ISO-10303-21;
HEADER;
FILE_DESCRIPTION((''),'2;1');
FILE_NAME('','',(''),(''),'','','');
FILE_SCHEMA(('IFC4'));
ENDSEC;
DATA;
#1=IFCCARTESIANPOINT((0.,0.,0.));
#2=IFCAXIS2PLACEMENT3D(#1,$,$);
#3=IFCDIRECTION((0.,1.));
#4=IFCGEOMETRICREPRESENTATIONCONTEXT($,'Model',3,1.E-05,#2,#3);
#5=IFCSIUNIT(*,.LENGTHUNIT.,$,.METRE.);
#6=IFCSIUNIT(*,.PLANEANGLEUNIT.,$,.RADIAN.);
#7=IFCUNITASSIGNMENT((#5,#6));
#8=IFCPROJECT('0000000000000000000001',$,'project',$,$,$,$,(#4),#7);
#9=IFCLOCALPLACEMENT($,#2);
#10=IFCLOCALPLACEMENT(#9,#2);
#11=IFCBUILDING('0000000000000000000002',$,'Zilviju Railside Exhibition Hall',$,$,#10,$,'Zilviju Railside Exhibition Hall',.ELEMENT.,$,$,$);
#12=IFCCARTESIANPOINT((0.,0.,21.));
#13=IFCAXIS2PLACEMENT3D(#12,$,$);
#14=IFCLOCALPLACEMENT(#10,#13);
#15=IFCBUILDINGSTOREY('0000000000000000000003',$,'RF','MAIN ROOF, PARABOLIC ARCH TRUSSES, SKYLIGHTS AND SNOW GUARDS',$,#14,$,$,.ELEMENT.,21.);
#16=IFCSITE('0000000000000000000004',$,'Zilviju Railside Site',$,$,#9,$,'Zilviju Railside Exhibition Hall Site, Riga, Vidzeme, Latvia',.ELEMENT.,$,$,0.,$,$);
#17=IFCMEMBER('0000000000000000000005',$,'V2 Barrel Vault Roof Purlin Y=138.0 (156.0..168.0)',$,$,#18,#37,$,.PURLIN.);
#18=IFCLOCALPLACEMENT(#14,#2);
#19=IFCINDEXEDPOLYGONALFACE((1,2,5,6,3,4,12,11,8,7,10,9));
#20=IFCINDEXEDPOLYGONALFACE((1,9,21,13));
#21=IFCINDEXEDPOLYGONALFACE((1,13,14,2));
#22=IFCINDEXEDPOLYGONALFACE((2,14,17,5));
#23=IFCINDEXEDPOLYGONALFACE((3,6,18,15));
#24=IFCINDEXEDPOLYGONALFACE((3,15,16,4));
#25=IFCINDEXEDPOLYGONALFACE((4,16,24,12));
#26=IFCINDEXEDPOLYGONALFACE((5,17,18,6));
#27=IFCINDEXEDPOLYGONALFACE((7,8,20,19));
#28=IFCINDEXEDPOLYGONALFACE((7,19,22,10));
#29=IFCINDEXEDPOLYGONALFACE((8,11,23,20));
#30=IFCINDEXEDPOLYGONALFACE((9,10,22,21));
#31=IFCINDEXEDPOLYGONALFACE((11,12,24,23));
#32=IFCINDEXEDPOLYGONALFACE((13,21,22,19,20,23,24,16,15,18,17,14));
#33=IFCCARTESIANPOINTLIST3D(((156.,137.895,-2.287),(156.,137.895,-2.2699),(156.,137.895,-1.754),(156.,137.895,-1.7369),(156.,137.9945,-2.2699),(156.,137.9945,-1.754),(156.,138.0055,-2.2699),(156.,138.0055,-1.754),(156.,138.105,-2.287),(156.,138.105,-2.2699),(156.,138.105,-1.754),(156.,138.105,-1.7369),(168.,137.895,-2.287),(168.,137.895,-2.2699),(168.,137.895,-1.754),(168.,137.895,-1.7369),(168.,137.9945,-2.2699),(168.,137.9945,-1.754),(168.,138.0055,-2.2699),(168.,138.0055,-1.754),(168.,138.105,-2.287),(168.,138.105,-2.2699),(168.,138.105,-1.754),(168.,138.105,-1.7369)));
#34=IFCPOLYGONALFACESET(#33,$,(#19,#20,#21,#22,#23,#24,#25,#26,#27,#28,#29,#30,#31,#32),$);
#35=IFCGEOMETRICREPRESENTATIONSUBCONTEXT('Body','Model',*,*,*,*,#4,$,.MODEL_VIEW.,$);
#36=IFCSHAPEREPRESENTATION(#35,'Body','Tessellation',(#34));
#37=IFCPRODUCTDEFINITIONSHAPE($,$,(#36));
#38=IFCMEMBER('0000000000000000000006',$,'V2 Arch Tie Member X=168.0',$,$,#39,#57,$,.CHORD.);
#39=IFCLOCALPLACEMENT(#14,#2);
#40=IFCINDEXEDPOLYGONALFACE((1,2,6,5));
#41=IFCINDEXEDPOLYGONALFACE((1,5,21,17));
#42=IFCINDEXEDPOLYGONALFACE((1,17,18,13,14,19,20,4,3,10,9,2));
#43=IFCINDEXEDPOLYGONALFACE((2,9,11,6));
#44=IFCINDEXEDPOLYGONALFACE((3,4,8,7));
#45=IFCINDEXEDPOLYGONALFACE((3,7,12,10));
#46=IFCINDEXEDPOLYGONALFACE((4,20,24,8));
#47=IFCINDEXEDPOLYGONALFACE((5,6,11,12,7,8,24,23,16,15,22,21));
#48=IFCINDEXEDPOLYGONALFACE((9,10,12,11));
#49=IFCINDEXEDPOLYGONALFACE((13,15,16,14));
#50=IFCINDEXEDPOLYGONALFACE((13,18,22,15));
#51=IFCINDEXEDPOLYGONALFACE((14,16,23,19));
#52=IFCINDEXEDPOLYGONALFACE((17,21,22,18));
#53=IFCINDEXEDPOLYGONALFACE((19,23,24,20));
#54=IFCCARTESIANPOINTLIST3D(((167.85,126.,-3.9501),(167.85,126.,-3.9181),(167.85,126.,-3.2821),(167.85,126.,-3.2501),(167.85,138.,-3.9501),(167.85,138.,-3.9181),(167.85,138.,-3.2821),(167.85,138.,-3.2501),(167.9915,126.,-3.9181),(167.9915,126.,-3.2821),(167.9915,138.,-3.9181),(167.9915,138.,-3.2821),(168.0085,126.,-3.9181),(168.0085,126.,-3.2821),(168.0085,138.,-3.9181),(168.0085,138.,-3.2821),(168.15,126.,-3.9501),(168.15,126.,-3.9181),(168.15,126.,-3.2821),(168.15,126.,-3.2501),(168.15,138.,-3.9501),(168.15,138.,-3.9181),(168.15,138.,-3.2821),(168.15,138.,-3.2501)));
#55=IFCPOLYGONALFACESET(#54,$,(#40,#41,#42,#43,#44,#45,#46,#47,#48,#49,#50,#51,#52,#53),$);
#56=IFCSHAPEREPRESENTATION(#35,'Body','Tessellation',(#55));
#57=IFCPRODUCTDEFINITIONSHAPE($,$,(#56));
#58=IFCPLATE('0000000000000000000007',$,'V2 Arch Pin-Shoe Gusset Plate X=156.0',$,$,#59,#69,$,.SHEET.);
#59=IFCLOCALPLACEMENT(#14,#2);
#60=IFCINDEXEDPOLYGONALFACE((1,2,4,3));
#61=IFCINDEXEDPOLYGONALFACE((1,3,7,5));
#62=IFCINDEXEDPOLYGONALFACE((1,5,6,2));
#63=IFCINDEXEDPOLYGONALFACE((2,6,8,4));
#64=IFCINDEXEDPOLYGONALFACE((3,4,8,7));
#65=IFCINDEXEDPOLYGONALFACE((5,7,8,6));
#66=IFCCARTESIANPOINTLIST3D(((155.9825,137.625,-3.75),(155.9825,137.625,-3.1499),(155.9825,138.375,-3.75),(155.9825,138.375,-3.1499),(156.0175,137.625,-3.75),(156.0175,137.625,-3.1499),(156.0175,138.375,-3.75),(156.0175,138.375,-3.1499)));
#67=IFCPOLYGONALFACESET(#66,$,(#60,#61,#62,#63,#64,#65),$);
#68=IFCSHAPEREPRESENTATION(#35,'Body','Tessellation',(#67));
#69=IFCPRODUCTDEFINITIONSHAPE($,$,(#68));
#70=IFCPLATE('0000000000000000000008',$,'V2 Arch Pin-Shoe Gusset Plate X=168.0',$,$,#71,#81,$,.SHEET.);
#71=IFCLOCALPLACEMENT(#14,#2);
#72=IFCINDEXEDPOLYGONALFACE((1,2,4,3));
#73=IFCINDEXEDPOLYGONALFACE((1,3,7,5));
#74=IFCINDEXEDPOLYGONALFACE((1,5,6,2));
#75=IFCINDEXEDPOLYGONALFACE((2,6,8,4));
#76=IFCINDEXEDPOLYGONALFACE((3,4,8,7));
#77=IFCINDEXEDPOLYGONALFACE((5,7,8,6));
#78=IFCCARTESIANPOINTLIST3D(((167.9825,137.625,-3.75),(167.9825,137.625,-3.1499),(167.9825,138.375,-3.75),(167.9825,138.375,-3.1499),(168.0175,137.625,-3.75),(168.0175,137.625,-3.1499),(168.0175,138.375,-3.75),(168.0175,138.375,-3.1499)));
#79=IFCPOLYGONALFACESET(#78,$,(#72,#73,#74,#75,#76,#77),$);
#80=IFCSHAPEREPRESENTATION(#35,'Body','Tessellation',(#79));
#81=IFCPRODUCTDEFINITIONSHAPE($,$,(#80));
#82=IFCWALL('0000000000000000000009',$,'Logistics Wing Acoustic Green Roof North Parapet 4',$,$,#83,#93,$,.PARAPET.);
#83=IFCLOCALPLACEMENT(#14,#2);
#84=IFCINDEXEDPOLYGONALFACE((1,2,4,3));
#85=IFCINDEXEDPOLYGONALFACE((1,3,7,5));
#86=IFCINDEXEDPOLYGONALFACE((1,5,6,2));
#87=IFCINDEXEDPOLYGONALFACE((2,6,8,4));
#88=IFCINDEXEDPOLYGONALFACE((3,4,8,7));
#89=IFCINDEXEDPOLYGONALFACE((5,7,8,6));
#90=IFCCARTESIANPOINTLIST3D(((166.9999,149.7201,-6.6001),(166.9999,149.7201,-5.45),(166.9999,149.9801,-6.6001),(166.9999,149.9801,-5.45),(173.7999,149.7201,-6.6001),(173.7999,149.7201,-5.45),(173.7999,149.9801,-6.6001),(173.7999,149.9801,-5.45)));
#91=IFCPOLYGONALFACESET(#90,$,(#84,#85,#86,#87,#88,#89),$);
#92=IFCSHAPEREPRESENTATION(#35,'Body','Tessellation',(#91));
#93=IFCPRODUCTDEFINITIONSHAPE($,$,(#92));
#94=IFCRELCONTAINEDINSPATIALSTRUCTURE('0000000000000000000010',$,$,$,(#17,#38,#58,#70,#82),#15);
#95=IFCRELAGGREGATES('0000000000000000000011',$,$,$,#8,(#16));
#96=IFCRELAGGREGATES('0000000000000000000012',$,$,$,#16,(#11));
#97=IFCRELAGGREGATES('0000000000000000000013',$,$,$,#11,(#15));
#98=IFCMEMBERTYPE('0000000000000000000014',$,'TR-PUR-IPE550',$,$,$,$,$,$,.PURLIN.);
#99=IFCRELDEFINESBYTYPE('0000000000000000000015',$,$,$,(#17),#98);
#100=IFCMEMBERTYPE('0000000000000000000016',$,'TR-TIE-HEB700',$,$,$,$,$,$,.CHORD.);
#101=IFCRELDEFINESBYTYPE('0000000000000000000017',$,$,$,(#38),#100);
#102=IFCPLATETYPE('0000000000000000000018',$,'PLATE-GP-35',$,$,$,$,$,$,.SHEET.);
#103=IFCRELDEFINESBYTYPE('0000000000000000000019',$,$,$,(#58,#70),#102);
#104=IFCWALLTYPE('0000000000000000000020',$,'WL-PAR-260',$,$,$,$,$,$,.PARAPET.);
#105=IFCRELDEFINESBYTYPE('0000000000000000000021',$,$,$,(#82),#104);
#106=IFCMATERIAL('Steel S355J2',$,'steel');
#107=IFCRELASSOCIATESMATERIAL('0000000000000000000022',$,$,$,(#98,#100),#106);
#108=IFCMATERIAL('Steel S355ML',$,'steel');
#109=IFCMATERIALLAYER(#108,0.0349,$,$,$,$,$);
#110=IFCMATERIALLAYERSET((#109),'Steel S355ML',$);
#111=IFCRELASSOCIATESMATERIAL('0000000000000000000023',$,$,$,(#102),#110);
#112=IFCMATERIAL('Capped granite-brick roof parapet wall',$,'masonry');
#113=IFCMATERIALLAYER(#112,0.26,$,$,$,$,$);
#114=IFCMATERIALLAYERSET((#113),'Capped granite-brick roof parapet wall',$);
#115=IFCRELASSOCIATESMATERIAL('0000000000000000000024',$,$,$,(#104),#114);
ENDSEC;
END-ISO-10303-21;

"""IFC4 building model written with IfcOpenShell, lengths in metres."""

from ifc_helpers import new_model, si_unit, direction, frame, frame_2d, origin, origin_2d, place, context, subcontext, project, spatial, rectangle, i_section, extrude, material, layer, layer_set, material_profile, profile_set, type_object, element, save


model = new_model("IFC4")

# Units and contexts
model_context = context("Model", 3, precision=1e-05, world=origin(), true_north=direction((0.0, 1.0)))
body_context = subcontext(model_context, "Body", "Model", "MODEL_VIEW")
ifc_project = project(units=[si_unit("LENGTHUNIT", "METRE"), si_unit("PLANEANGLEUNIT", "RADIAN")], contexts=[model_context])

# Site, building, storey
site_placement = place(None, origin())
site = spatial("IfcSite", under=ifc_project, at=site_placement, Name="Zilviju Railside Site", LongName="Zilviju Railside Exhibition Hall Site, Riga, Vidzeme, Latvia", CompositionType="ELEMENT", RefElevation=0.0)
building_placement = place(site_placement, origin())
building = spatial("IfcBuilding", under=site, at=building_placement, Name="Zilviju Railside Exhibition Hall", LongName="Zilviju Railside Exhibition Hall", CompositionType="ELEMENT")
storey_placement = place(building_placement, frame((0.0, 0.0, 21.0)))
storey = spatial("IfcBuildingStorey", under=building, at=storey_placement, Name="RF", Description="MAIN ROOF, PARABOLIC ARCH TRUSSES, SKYLIGHTS AND SNOW GUARDS", CompositionType="ELEMENT", Elevation=21.0)

# Shared definitions
ifc_material_1 = material(Name="Steel S355J2", Category="steel")

# Members
ifc_material_profile_1 = material_profile(ifc_material_1, i_section(OverallWidth=0.21, OverallDepth=0.55, WebThickness=0.011, FlangeThickness=0.0171, at=origin_2d()), Name="IPE 550")
ifc_profile_set_1 = profile_set([ifc_material_profile_1], Name="Steel S355J2")
member_type_1 = type_object("IfcMemberType", Name="TR-PUR-IPE550", PredefinedType="PURLIN", material=ifc_profile_set_1)
for number, where, z_axis, x_axis, name in (
    (1, (156.0, 138.0, -2.012), (1.0, 0.0, 0.0), (0.0, 1.0, 0.0), "V2 Barrel Vault Roof Purlin Y=138.0 (156.0..168.0)"),
):
    element("IfcMember", number, at=place(storey_placement, frame(where, z_axis=z_axis, x_axis=x_axis)), inside=storey, type_object=member_type_1, Name=name, PredefinedType="PURLIN", context=body_context, shape_type="SweptSolid", body=[
        extrude(i_section(OverallWidth=0.21, OverallDepth=0.55, WebThickness=0.011, FlangeThickness=0.0171, at=origin_2d()), origin(), (0.0, 0.0, 1.0), 12.0),
    ])
ifc_material_profile_2 = material_profile(ifc_material_1, i_section(OverallWidth=0.3, OverallDepth=0.7, WebThickness=0.0171, FlangeThickness=0.032, at=origin_2d()), Name="HEB 700")
ifc_profile_set_2 = profile_set([ifc_material_profile_2], Name="Steel S355J2")
member_type_2 = type_object("IfcMemberType", Name="TR-TIE-HEB700", PredefinedType="CHORD", material=ifc_profile_set_2)
member_1_placement = place(storey_placement, frame((168.0, 126.0, -3.6001), z_axis=(0.0, 1.0, 0.0), x_axis=(-1.0, 0.0, 0.0)))
element("IfcMember", 2, at=member_1_placement, inside=storey, type_object=member_type_2, Name="V2 Arch Tie Member X=168.0", PredefinedType="CHORD", context=body_context, shape_type="SweptSolid", body=[
    extrude(i_section(OverallWidth=0.3, OverallDepth=0.7, WebThickness=0.0171, FlangeThickness=0.032, at=origin_2d()), origin(), (0.0, 0.0, 1.0), 12.0),
])

# Plates
ifc_material_2 = material(Name="Steel S355ML", Category="steel")
ifc_layer_1 = layer(ifc_material_2, 0.0349)
ifc_layer_set_1 = layer_set([ifc_layer_1], Name="Steel S355ML")
plate_type = type_object("IfcPlateType", Name="PLATE-GP-35", PredefinedType="SHEET", material=ifc_layer_set_1)
for number, where, z_axis, x_axis, name in (
    (3, (156.0, 138.0, -3.75), (0.0, 0.0, 1.0), (1.0, 0.0, 0.0), "V2 Arch Pin-Shoe Gusset Plate X=156.0"),
    (4, (168.0, 138.0, -3.75), (0.0, 0.0, 1.0), (1.0, 0.0, 0.0), "V2 Arch Pin-Shoe Gusset Plate X=168.0"),
):
    element("IfcPlate", number, at=place(storey_placement, frame(where, z_axis=z_axis, x_axis=x_axis)), inside=storey, type_object=plate_type, Name=name, PredefinedType="SHEET", context=body_context, shape_type="SweptSolid", body=[
        extrude(rectangle(XDim=0.0349, YDim=0.75, at=origin_2d()), origin(), (0.0, 0.0, 1.0), 0.6001),
    ])

# Wall
ifc_material_3 = material(Name="Capped granite-brick roof parapet wall", Category="masonry")
ifc_layer_2 = layer(ifc_material_3, 0.26)
ifc_layer_set_2 = layer_set([ifc_layer_2], Name="Capped granite-brick roof parapet wall")
wall_type = type_object("IfcWallType", Name="WL-PAR-260", PredefinedType="PARAPET", material=ifc_layer_set_2)
wall_placement = place(storey_placement, frame((167.0, 149.8501, -6.6001), z_axis=(0.0, 0.0, 1.0), x_axis=(1.0, 0.0, 0.0)))
element("IfcWall", 5, at=wall_placement, inside=storey, type_object=wall_type, Name="Logistics Wing Acoustic Green Roof North Parapet 4", PredefinedType="PARAPET", context=body_context, shape_type="SweptSolid", body=[
    extrude(rectangle(XDim=6.8, YDim=0.26, at=frame_2d((3.3999, 0.0))), origin(), (0.0, 0.0, 1.0), 1.1501),
])

save(model, "model.ifc")
